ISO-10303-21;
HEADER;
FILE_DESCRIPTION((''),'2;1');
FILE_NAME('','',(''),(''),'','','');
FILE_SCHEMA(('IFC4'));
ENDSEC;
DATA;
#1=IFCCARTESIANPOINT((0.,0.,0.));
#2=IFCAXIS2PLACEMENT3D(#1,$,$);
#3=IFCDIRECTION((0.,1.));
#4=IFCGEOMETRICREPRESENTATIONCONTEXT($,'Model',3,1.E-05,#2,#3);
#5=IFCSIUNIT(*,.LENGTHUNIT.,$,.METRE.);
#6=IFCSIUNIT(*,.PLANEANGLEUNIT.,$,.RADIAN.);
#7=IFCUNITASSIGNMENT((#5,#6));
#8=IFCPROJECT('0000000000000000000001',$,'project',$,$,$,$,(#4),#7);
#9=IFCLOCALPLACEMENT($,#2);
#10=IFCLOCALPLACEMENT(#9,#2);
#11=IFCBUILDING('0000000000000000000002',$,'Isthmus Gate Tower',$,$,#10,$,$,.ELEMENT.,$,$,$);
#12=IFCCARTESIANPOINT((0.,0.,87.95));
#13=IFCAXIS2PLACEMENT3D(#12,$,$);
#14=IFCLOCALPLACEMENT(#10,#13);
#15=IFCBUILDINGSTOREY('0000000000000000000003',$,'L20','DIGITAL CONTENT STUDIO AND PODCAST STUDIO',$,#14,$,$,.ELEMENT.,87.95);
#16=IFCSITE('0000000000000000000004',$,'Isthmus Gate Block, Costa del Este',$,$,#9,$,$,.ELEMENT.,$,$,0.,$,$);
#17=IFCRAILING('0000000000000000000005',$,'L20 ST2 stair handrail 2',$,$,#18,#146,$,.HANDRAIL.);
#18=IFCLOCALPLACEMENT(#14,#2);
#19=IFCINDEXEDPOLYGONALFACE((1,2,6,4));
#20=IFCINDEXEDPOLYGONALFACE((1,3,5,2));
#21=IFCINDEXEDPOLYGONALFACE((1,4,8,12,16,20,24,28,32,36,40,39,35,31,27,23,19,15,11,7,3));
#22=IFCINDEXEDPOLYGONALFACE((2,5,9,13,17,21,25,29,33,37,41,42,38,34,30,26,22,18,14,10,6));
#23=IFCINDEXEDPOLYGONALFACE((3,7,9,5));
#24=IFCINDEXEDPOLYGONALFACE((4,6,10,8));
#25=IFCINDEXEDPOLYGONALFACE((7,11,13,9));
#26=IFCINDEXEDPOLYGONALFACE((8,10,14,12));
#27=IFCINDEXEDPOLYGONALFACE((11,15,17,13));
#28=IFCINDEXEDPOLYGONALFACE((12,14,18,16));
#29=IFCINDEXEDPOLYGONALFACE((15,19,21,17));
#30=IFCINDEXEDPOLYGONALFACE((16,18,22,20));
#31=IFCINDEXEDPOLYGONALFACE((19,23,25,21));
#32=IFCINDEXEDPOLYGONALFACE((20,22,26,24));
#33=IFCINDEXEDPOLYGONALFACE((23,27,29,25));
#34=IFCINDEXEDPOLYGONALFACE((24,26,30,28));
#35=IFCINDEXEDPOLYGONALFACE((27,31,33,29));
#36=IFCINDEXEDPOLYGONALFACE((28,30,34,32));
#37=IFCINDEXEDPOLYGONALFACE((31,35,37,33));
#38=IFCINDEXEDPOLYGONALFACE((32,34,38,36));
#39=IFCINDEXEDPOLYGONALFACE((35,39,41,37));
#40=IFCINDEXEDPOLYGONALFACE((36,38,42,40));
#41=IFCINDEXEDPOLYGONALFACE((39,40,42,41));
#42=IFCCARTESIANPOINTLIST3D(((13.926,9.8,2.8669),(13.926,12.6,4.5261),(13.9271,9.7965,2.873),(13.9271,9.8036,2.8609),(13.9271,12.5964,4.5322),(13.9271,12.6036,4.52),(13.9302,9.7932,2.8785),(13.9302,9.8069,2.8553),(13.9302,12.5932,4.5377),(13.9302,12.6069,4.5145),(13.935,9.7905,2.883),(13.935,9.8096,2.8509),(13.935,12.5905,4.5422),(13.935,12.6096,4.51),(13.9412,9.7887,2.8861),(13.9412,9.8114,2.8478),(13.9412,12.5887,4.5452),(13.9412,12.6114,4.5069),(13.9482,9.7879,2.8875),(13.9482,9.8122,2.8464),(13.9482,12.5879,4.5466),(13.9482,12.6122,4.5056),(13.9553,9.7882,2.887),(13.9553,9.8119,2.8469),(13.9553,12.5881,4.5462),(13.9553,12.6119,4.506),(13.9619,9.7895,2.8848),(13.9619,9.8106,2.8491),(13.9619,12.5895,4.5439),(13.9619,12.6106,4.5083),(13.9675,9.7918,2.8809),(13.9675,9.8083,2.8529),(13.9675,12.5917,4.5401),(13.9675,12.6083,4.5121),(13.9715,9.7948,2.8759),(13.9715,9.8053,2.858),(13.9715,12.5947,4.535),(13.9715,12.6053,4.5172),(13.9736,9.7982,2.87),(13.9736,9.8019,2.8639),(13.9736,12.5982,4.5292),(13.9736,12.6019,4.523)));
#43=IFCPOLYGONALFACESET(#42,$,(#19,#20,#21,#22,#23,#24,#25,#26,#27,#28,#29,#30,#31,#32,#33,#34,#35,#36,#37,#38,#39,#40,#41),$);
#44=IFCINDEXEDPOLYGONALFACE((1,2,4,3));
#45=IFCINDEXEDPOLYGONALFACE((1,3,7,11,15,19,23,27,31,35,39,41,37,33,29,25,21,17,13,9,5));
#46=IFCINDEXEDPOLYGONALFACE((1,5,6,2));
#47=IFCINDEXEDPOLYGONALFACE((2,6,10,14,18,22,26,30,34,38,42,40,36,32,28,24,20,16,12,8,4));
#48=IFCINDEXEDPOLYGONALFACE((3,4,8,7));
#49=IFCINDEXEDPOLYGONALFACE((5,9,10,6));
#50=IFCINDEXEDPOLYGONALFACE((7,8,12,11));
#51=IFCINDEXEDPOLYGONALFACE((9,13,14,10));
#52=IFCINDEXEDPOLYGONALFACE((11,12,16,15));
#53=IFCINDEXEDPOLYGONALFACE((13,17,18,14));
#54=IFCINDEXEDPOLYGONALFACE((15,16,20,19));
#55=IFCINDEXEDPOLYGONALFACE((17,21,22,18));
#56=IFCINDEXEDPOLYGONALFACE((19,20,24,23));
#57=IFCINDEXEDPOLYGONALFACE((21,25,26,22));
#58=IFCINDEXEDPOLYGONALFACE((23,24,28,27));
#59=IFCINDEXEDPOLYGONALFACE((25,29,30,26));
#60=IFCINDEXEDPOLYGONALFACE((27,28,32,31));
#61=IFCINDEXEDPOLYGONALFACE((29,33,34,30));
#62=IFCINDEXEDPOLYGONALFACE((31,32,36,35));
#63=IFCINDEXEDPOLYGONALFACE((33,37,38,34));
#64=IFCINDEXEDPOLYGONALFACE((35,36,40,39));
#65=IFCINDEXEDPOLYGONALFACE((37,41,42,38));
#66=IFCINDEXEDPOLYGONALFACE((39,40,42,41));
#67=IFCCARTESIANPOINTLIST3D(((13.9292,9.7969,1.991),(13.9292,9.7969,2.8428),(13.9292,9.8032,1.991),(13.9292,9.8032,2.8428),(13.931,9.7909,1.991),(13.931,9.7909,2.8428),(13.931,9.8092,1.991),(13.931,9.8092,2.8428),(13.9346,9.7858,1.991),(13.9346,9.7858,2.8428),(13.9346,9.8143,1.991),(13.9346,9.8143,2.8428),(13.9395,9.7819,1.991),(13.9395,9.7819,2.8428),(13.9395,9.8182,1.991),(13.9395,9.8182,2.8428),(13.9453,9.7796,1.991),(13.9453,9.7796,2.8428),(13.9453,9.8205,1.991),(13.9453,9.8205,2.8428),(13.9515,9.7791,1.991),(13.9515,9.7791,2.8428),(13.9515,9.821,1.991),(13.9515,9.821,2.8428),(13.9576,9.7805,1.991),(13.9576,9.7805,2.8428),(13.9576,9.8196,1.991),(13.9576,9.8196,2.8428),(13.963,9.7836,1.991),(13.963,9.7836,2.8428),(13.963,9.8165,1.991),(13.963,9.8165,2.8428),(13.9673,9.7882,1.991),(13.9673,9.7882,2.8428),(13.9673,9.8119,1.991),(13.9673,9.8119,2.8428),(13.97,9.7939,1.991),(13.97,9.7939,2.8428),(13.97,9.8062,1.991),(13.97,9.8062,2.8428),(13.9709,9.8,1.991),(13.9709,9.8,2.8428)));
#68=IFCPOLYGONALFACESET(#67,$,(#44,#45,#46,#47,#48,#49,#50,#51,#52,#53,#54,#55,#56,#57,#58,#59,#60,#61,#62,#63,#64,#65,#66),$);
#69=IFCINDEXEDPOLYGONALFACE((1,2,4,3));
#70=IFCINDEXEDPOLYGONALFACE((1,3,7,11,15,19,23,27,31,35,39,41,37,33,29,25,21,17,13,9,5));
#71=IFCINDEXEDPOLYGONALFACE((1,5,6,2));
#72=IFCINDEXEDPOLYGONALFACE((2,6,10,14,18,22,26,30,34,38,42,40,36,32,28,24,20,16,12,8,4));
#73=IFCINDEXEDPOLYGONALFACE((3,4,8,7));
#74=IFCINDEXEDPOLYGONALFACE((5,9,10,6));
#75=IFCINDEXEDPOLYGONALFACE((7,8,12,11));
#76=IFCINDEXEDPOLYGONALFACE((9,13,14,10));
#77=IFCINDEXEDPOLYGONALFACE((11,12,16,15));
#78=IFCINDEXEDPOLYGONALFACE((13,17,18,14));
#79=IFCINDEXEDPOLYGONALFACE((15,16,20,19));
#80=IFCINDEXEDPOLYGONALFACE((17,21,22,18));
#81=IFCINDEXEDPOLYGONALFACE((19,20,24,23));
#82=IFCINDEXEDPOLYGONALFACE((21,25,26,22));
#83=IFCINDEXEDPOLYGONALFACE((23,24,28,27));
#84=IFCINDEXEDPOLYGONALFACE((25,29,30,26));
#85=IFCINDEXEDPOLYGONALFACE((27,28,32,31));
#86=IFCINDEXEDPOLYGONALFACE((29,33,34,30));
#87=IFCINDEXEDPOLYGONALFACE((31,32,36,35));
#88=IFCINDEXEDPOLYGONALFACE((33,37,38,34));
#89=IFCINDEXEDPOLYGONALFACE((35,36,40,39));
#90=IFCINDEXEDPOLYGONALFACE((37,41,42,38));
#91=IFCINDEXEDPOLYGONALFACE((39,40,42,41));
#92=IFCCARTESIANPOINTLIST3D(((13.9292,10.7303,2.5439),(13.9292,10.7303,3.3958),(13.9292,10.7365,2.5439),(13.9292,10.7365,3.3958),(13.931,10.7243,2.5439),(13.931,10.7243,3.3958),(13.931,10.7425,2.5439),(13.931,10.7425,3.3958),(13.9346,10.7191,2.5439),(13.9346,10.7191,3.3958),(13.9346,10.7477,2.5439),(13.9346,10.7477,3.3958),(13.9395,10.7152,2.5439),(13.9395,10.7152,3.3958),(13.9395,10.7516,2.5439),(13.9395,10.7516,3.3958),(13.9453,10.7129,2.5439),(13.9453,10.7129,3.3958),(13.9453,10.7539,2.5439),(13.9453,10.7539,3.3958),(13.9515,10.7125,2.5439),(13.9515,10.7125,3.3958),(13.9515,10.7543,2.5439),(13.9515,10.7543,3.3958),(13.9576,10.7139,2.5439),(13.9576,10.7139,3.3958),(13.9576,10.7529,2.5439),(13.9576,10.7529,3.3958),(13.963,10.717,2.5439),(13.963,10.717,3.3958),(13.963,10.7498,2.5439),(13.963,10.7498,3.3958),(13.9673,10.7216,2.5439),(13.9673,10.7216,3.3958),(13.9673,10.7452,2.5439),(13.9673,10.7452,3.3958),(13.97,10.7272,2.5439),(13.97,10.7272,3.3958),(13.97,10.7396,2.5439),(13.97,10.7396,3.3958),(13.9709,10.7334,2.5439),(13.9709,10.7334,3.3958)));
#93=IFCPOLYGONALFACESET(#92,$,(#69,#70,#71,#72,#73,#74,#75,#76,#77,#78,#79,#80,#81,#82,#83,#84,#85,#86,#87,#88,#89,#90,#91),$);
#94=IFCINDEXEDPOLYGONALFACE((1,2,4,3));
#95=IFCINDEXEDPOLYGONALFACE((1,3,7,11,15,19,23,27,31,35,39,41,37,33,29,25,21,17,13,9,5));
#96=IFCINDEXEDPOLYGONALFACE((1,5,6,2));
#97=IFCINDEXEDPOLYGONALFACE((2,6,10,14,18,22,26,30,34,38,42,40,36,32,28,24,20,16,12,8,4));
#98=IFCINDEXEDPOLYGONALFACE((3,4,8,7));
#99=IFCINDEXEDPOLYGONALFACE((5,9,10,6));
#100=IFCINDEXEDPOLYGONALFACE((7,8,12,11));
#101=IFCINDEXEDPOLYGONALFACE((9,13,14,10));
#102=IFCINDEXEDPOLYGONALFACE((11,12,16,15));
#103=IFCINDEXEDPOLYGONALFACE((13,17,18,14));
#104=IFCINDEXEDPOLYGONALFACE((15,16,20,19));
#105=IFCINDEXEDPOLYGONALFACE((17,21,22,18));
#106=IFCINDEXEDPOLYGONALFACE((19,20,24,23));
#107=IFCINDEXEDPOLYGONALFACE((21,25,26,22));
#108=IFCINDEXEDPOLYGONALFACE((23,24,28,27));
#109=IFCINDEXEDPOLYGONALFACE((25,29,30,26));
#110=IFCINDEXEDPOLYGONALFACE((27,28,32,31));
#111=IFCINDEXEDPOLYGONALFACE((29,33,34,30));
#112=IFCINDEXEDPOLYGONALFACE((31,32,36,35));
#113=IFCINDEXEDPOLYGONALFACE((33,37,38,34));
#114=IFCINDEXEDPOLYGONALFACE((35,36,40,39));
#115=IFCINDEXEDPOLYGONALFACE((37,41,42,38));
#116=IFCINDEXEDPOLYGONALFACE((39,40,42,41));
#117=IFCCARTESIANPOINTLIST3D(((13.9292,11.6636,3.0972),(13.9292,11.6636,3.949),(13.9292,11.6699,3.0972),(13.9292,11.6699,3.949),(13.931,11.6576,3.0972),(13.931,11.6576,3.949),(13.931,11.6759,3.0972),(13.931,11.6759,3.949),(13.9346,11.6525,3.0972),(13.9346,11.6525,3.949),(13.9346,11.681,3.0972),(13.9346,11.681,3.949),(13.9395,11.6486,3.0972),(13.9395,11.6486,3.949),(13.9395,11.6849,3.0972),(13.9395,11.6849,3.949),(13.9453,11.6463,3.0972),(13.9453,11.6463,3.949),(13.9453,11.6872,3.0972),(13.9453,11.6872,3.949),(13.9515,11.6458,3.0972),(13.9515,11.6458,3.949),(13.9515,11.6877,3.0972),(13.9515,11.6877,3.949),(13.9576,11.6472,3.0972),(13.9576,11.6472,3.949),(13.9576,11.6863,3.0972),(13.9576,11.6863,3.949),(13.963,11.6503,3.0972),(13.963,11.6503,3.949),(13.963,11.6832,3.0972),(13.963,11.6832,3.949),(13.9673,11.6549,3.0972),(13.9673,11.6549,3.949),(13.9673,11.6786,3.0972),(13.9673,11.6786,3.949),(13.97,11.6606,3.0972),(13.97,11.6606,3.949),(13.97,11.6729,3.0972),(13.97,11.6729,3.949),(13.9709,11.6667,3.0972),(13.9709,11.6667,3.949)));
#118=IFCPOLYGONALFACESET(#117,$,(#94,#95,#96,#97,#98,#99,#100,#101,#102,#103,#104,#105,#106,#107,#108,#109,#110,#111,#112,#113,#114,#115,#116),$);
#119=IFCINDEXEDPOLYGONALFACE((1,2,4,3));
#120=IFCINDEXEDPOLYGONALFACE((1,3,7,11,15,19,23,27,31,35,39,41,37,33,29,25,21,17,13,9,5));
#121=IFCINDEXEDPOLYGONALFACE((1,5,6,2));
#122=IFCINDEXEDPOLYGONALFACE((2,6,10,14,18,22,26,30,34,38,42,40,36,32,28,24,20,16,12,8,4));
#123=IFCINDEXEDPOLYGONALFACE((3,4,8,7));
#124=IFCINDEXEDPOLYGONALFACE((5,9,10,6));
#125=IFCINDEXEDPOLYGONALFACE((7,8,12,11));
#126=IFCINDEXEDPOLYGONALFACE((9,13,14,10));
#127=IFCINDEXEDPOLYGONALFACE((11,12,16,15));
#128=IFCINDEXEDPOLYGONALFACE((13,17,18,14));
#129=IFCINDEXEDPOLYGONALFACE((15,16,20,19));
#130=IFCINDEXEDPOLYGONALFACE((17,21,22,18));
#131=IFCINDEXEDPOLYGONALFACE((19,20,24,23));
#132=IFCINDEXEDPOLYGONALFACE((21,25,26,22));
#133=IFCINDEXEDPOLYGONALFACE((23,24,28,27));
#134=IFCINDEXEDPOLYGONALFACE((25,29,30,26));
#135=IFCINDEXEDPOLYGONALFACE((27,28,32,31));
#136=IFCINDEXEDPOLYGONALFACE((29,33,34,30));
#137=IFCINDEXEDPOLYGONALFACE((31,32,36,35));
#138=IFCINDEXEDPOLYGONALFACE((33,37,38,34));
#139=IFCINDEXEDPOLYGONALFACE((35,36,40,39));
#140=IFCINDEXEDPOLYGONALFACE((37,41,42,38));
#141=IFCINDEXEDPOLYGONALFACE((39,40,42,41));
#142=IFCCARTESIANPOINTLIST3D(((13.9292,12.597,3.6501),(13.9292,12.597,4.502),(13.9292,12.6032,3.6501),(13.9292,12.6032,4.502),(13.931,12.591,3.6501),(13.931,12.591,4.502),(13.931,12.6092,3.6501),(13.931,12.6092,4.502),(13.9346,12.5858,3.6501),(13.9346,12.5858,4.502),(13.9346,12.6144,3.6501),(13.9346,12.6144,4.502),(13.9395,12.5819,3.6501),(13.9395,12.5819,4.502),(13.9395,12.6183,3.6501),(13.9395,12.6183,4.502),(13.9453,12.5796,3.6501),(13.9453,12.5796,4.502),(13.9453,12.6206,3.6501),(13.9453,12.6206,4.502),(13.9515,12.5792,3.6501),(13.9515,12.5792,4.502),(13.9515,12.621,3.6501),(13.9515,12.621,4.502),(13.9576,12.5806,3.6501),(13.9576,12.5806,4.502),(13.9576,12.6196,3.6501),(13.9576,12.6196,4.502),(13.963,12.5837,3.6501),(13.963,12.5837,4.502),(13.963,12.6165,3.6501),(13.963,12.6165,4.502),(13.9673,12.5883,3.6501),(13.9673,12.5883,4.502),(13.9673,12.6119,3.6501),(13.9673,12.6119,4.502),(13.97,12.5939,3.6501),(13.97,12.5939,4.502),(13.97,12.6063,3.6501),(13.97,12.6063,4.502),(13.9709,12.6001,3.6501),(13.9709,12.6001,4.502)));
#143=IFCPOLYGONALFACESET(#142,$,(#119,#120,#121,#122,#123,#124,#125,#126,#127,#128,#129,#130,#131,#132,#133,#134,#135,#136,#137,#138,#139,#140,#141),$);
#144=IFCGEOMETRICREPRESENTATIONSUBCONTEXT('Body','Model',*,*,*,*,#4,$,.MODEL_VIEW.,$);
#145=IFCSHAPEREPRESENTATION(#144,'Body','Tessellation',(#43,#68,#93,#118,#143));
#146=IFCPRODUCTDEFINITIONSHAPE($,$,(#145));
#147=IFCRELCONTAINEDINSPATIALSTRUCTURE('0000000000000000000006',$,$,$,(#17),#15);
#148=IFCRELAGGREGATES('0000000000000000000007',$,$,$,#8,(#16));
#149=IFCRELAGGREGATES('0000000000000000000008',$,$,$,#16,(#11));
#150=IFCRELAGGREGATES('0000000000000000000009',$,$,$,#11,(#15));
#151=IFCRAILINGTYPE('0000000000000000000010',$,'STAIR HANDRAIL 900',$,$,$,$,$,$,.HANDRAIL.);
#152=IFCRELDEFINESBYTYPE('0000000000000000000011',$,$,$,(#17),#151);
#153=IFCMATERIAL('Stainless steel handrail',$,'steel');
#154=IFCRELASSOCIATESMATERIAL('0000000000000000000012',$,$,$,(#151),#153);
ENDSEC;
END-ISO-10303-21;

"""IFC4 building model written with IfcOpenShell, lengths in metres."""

from ifc_helpers import new_model, si_unit, direction, frame, origin, origin_2d, place, context, subcontext, project, spatial, circle, extrude, material, type_object, element, save


model = new_model("IFC4")

# Units and contexts
model_context = context("Model", 3, precision=1e-05, world=origin(), true_north=direction((0.0, 1.0)))
body_context = subcontext(model_context, "Body", "Model", "MODEL_VIEW")
ifc_project = project(units=[si_unit("LENGTHUNIT", "METRE"), si_unit("PLANEANGLEUNIT", "RADIAN")], contexts=[model_context])

# Site, building, storey
site_placement = place(None, origin())
site = spatial("IfcSite", under=ifc_project, at=site_placement, Name="Isthmus Gate Block, Costa del Este", CompositionType="ELEMENT", RefElevation=0.0)
building_placement = place(site_placement, origin())
building = spatial("IfcBuilding", under=site, at=building_placement, Name="Isthmus Gate Tower", CompositionType="ELEMENT")
storey_placement = place(building_placement, frame((0.0, 0.0, 87.95)))
storey = spatial("IfcBuildingStorey", under=building, at=storey_placement, Name="L20", Description="DIGITAL CONTENT STUDIO AND PODCAST STUDIO", CompositionType="ELEMENT", Elevation=87.95)

# Railing
ifc_material_1 = material(Name="Stainless steel handrail", Category="steel")
railing_type_1 = type_object("IfcRailingType", Name="STAIR HANDRAIL 900", PredefinedType="HANDRAIL", material=ifc_material_1)
railing_1_placement = place(storey_placement, frame((13.95, 9.8, 1.991)))
element("IfcRailing", 1, at=railing_1_placement, inside=storey, type_object=railing_type_1, Name="L20 ST2 stair handrail 2", PredefinedType="HANDRAIL", context=body_context, shape_type="SweptSolid", body=[
    extrude(circle(Radius=0.0239, at=origin_2d()), frame((0.0, 0.0, 0.876), z_axis=(0.0, 0.860306, 0.509778), x_axis=(-1.0, 0.0, 0.0)), (0.0, 0.0, 1.0), 3.2546),
    extrude(circle(Radius=0.021, at=origin_2d()), origin(), (0.0, 0.0, 1.0), 0.8518),
    extrude(circle(Radius=0.021, at=origin_2d()), frame((0.0, 0.9333, 0.553)), (0.0, 0.0, 1.0), 0.8518),
    extrude(circle(Radius=0.021, at=origin_2d()), frame((0.0, 1.8667, 1.1062)), (0.0, 0.0, 1.0), 0.8518),
    extrude(circle(Radius=0.021, at=origin_2d()), frame((0.0, 2.8, 1.6592)), (0.0, 0.0, 1.0), 0.8518),
])

save(model, "model.ifc")
